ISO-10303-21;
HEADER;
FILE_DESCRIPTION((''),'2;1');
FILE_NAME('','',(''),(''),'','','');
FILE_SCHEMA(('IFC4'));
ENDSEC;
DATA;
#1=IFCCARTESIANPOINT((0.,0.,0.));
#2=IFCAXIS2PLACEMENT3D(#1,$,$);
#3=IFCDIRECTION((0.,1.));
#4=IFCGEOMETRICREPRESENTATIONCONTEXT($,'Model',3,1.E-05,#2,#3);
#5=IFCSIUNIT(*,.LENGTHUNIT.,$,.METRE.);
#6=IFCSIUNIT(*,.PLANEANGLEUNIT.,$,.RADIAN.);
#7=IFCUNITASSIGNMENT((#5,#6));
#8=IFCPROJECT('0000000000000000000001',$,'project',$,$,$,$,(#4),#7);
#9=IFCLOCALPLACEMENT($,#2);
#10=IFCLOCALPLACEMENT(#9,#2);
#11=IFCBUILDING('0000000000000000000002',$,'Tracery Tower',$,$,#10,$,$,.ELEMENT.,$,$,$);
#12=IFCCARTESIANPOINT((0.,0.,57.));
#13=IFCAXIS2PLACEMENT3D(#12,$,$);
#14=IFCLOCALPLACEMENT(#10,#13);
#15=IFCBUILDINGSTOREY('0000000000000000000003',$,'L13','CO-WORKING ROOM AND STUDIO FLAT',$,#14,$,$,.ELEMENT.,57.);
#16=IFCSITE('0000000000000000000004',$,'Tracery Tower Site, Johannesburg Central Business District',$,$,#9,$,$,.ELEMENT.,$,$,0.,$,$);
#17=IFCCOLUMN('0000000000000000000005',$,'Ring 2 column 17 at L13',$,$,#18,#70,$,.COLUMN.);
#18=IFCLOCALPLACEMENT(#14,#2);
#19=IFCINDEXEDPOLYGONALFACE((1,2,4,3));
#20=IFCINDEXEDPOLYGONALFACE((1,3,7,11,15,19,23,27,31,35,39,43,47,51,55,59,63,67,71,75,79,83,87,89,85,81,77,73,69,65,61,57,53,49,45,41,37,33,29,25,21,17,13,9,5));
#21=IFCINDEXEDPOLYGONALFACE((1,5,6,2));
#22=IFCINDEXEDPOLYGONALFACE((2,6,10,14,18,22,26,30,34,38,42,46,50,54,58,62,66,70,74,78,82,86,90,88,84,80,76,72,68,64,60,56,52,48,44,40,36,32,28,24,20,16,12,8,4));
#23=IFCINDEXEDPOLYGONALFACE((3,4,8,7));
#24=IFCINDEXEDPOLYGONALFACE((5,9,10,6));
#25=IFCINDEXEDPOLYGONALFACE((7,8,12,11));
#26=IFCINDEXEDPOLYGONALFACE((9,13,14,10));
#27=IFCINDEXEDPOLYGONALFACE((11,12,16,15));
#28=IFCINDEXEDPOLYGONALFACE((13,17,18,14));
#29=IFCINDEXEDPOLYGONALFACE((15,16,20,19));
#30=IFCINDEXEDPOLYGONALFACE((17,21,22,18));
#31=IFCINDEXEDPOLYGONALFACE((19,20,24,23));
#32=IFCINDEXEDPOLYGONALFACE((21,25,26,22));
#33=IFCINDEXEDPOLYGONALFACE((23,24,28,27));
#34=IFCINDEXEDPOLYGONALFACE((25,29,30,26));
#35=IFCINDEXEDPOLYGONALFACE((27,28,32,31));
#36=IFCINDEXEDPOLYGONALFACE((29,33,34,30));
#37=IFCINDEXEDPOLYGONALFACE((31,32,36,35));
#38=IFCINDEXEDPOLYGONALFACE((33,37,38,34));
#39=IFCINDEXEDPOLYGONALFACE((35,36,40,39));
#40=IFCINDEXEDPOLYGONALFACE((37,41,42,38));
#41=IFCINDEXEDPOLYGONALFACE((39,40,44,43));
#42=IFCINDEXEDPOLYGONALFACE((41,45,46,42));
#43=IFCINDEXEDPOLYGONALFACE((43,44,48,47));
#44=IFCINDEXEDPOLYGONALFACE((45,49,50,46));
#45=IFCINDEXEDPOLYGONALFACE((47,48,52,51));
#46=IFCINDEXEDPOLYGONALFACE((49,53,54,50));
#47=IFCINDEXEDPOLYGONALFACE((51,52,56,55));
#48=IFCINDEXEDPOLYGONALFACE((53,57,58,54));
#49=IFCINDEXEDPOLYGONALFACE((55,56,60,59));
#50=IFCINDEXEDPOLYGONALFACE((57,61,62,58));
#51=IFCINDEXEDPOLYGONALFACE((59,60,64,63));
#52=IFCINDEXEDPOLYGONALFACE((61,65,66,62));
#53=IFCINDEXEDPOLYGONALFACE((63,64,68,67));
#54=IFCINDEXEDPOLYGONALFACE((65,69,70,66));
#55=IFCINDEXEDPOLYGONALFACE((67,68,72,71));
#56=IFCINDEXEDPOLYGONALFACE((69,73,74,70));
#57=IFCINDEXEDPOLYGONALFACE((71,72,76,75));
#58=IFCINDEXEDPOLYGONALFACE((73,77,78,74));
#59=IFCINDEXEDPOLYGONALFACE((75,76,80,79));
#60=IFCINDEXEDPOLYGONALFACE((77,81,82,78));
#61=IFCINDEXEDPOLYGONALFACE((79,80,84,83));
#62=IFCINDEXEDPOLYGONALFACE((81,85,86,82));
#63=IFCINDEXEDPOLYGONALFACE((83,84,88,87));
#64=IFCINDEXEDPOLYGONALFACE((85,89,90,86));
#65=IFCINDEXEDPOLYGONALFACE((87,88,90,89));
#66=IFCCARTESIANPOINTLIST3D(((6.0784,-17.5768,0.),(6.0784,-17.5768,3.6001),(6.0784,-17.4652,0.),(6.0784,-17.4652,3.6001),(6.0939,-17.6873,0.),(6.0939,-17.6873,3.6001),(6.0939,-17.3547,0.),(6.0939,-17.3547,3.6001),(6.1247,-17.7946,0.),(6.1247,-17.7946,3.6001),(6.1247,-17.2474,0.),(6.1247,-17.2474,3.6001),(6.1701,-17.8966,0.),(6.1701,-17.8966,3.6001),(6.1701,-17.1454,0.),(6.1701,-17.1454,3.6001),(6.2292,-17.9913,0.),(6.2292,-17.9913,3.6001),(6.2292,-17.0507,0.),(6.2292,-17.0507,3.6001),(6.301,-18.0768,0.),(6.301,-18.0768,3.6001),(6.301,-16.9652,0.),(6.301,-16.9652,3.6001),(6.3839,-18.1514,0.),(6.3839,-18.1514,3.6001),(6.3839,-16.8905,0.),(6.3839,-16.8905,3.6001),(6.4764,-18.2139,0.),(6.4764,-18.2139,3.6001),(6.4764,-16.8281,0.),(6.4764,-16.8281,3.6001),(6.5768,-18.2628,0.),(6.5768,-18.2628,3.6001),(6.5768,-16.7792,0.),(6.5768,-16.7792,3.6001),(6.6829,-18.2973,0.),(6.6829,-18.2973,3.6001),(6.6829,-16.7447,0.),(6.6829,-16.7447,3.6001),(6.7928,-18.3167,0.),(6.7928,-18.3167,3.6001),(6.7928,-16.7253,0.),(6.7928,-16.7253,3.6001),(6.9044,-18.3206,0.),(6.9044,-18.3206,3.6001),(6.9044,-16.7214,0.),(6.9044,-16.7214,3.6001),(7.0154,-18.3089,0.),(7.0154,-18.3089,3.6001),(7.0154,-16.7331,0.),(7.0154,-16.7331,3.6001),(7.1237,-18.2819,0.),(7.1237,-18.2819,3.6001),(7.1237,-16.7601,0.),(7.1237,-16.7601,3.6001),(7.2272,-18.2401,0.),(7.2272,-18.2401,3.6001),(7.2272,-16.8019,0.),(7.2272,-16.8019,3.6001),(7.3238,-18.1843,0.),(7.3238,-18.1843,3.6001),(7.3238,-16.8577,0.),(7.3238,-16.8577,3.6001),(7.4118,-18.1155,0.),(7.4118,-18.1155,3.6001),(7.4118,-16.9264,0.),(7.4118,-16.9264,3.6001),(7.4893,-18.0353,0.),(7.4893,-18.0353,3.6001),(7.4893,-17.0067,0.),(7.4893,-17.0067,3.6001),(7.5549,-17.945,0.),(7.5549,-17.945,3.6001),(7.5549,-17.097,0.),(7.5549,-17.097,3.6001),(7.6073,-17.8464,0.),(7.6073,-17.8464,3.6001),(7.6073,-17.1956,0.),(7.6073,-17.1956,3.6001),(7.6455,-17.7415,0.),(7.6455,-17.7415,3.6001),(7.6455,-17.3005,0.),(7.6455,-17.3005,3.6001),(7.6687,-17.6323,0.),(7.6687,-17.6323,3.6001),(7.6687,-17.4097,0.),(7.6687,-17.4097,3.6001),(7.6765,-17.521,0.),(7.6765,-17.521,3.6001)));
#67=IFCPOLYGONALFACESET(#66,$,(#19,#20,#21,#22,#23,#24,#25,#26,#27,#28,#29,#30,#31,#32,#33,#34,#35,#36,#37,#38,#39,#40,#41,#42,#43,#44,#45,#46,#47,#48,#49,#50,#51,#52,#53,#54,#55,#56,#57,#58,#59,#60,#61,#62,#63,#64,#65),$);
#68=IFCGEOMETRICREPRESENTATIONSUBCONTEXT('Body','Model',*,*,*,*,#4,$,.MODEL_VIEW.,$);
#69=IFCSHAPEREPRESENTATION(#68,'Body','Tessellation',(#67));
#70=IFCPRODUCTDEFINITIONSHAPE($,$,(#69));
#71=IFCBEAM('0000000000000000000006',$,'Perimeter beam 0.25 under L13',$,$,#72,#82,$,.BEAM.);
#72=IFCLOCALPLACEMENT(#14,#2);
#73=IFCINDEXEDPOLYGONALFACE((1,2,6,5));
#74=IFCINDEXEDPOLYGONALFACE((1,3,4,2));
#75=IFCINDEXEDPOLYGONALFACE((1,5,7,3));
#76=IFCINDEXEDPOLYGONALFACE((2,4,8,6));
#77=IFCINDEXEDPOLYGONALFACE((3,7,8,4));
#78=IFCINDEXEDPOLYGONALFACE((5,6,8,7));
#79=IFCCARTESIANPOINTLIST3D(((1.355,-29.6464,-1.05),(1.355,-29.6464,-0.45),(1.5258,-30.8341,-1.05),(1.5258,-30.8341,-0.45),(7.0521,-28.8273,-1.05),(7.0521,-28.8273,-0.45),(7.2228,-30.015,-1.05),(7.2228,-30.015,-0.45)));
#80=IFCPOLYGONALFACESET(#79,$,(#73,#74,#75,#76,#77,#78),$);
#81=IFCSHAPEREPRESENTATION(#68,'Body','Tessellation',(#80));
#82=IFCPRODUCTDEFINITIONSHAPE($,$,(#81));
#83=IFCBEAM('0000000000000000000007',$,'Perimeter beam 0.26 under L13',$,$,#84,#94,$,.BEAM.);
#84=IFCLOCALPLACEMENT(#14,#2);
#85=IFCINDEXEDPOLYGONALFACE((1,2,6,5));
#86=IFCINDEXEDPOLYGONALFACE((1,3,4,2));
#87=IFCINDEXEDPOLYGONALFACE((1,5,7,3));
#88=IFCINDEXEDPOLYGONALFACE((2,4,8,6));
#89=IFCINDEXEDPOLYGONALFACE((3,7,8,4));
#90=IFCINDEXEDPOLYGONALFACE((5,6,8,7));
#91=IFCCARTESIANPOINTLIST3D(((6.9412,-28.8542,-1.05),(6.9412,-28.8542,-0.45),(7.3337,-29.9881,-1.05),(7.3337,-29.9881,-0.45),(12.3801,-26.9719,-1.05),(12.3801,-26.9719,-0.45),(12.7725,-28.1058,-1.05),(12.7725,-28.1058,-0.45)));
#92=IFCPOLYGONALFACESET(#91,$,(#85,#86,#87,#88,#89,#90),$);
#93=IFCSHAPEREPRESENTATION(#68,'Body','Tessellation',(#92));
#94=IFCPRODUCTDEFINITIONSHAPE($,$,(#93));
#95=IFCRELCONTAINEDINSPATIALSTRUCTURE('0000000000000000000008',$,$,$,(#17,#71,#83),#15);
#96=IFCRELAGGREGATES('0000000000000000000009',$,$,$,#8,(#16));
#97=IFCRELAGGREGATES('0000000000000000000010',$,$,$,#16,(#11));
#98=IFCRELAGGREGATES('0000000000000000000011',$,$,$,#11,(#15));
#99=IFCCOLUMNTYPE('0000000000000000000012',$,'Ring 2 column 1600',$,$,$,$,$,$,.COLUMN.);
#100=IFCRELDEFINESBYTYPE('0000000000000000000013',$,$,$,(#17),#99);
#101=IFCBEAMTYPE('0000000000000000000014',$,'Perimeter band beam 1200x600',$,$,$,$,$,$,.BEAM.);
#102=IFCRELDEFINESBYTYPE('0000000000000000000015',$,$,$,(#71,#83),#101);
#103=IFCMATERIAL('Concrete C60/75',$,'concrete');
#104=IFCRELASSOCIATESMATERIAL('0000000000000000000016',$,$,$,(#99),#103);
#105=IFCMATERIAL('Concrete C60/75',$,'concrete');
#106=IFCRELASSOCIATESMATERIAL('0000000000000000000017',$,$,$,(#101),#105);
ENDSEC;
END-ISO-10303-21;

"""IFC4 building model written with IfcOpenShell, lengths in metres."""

from ifc_helpers import new_model, si_unit, direction, frame, origin, origin_2d, place, context, subcontext, project, spatial, rectangle, circle, extrude, material, material_profile, profile_set, type_object, element, save


model = new_model("IFC4")

# Units and contexts
model_context = context("Model", 3, precision=1e-05, world=origin(), true_north=direction((0.0, 1.0)))
body_context = subcontext(model_context, "Body", "Model", "MODEL_VIEW")
ifc_project = project(units=[si_unit("LENGTHUNIT", "METRE"), si_unit("PLANEANGLEUNIT", "RADIAN")], contexts=[model_context])

# Site, building, storey
site_placement = place(None, origin())
site = spatial("IfcSite", under=ifc_project, at=site_placement, Name="Tracery Tower Site, Johannesburg Central Business District", CompositionType="ELEMENT", RefElevation=0.0)
building_placement = place(site_placement, origin())
building = spatial("IfcBuilding", under=site, at=building_placement, Name="Tracery Tower", CompositionType="ELEMENT")
storey_placement = place(building_placement, frame((0.0, 0.0, 57.0)))
storey = spatial("IfcBuildingStorey", under=building, at=storey_placement, Name="L13", Description="CO-WORKING ROOM AND STUDIO FLAT", CompositionType="ELEMENT", Elevation=57.0)

# Column
ifc_material_1 = material(Name="Concrete C60/75", Category="concrete")
ifc_material_profile_1 = material_profile(ifc_material_1, circle(Radius=0.8, at=origin_2d()), Name="RC D1600")
ifc_profile_set_1 = profile_set([ifc_material_profile_1], Name="Concrete C60/75")
column_type_1 = type_object("IfcColumnType", Name="Ring 2 column 1600", PredefinedType="COLUMN", material=ifc_profile_set_1)
for number, where, z_axis, x_axis, name in (
    (1, (6.8765, -17.521, 0.0), (0.0, 0.0, 1.0), (1.0, 0.0, 0.0), "Ring 2 column 17 at L13"),
):
    element("IfcColumn", number, at=place(storey_placement, frame(where, z_axis=z_axis, x_axis=x_axis)), inside=storey, type_object=column_type_1, Name=name, PredefinedType="COLUMN", context=body_context, shape_type="SweptSolid", body=[
        extrude(circle(Radius=0.8, at=origin_2d()), origin(), (0.0, 0.0, 1.0), 3.6001),
    ])

# Beams
ifc_material_2 = material(Name="Concrete C60/75", Category="concrete")
ifc_material_profile_2 = material_profile(ifc_material_2, rectangle(XDim=1.2, YDim=0.6001, at=origin_2d()), Name="RC 1200x600")
ifc_profile_set_2 = profile_set([ifc_material_profile_2], Name="Concrete C60/75")
beam_type = type_object("IfcBeamType", Name="Perimeter band beam 1200x600", PredefinedType="BEAM", material=ifc_profile_set_2)
beam_1_placement = place(storey_placement, frame((1.4404, -30.2402, -0.75), z_axis=(0.989822, 0.142312, 0.0), x_axis=(-0.142312, 0.989822, 0.0)))
element("IfcBeam", 2, at=beam_1_placement, inside=storey, type_object=beam_type, Name="Perimeter beam 0.25 under L13", PredefinedType="BEAM", context=body_context, shape_type="SweptSolid", body=[
    extrude(rectangle(XDim=1.2, YDim=0.6001, at=origin_2d()), origin(), (0.0, 0.0, 1.0), 5.7556),
])
beam_2_placement = place(storey_placement, frame((7.1375, -29.4211, -0.75), z_axis=(0.945007, 0.327049, 0.0), x_axis=(-0.327049, 0.945007, 0.0)))
element("IfcBeam", 3, at=beam_2_placement, inside=storey, type_object=beam_type, Name="Perimeter beam 0.26 under L13", PredefinedType="BEAM", context=body_context, shape_type="SweptSolid", body=[
    extrude(rectangle(XDim=1.2, YDim=0.6001, at=origin_2d()), origin(), (0.0, 0.0, 1.0), 5.7554),
])

save(model, "model.ifc")
